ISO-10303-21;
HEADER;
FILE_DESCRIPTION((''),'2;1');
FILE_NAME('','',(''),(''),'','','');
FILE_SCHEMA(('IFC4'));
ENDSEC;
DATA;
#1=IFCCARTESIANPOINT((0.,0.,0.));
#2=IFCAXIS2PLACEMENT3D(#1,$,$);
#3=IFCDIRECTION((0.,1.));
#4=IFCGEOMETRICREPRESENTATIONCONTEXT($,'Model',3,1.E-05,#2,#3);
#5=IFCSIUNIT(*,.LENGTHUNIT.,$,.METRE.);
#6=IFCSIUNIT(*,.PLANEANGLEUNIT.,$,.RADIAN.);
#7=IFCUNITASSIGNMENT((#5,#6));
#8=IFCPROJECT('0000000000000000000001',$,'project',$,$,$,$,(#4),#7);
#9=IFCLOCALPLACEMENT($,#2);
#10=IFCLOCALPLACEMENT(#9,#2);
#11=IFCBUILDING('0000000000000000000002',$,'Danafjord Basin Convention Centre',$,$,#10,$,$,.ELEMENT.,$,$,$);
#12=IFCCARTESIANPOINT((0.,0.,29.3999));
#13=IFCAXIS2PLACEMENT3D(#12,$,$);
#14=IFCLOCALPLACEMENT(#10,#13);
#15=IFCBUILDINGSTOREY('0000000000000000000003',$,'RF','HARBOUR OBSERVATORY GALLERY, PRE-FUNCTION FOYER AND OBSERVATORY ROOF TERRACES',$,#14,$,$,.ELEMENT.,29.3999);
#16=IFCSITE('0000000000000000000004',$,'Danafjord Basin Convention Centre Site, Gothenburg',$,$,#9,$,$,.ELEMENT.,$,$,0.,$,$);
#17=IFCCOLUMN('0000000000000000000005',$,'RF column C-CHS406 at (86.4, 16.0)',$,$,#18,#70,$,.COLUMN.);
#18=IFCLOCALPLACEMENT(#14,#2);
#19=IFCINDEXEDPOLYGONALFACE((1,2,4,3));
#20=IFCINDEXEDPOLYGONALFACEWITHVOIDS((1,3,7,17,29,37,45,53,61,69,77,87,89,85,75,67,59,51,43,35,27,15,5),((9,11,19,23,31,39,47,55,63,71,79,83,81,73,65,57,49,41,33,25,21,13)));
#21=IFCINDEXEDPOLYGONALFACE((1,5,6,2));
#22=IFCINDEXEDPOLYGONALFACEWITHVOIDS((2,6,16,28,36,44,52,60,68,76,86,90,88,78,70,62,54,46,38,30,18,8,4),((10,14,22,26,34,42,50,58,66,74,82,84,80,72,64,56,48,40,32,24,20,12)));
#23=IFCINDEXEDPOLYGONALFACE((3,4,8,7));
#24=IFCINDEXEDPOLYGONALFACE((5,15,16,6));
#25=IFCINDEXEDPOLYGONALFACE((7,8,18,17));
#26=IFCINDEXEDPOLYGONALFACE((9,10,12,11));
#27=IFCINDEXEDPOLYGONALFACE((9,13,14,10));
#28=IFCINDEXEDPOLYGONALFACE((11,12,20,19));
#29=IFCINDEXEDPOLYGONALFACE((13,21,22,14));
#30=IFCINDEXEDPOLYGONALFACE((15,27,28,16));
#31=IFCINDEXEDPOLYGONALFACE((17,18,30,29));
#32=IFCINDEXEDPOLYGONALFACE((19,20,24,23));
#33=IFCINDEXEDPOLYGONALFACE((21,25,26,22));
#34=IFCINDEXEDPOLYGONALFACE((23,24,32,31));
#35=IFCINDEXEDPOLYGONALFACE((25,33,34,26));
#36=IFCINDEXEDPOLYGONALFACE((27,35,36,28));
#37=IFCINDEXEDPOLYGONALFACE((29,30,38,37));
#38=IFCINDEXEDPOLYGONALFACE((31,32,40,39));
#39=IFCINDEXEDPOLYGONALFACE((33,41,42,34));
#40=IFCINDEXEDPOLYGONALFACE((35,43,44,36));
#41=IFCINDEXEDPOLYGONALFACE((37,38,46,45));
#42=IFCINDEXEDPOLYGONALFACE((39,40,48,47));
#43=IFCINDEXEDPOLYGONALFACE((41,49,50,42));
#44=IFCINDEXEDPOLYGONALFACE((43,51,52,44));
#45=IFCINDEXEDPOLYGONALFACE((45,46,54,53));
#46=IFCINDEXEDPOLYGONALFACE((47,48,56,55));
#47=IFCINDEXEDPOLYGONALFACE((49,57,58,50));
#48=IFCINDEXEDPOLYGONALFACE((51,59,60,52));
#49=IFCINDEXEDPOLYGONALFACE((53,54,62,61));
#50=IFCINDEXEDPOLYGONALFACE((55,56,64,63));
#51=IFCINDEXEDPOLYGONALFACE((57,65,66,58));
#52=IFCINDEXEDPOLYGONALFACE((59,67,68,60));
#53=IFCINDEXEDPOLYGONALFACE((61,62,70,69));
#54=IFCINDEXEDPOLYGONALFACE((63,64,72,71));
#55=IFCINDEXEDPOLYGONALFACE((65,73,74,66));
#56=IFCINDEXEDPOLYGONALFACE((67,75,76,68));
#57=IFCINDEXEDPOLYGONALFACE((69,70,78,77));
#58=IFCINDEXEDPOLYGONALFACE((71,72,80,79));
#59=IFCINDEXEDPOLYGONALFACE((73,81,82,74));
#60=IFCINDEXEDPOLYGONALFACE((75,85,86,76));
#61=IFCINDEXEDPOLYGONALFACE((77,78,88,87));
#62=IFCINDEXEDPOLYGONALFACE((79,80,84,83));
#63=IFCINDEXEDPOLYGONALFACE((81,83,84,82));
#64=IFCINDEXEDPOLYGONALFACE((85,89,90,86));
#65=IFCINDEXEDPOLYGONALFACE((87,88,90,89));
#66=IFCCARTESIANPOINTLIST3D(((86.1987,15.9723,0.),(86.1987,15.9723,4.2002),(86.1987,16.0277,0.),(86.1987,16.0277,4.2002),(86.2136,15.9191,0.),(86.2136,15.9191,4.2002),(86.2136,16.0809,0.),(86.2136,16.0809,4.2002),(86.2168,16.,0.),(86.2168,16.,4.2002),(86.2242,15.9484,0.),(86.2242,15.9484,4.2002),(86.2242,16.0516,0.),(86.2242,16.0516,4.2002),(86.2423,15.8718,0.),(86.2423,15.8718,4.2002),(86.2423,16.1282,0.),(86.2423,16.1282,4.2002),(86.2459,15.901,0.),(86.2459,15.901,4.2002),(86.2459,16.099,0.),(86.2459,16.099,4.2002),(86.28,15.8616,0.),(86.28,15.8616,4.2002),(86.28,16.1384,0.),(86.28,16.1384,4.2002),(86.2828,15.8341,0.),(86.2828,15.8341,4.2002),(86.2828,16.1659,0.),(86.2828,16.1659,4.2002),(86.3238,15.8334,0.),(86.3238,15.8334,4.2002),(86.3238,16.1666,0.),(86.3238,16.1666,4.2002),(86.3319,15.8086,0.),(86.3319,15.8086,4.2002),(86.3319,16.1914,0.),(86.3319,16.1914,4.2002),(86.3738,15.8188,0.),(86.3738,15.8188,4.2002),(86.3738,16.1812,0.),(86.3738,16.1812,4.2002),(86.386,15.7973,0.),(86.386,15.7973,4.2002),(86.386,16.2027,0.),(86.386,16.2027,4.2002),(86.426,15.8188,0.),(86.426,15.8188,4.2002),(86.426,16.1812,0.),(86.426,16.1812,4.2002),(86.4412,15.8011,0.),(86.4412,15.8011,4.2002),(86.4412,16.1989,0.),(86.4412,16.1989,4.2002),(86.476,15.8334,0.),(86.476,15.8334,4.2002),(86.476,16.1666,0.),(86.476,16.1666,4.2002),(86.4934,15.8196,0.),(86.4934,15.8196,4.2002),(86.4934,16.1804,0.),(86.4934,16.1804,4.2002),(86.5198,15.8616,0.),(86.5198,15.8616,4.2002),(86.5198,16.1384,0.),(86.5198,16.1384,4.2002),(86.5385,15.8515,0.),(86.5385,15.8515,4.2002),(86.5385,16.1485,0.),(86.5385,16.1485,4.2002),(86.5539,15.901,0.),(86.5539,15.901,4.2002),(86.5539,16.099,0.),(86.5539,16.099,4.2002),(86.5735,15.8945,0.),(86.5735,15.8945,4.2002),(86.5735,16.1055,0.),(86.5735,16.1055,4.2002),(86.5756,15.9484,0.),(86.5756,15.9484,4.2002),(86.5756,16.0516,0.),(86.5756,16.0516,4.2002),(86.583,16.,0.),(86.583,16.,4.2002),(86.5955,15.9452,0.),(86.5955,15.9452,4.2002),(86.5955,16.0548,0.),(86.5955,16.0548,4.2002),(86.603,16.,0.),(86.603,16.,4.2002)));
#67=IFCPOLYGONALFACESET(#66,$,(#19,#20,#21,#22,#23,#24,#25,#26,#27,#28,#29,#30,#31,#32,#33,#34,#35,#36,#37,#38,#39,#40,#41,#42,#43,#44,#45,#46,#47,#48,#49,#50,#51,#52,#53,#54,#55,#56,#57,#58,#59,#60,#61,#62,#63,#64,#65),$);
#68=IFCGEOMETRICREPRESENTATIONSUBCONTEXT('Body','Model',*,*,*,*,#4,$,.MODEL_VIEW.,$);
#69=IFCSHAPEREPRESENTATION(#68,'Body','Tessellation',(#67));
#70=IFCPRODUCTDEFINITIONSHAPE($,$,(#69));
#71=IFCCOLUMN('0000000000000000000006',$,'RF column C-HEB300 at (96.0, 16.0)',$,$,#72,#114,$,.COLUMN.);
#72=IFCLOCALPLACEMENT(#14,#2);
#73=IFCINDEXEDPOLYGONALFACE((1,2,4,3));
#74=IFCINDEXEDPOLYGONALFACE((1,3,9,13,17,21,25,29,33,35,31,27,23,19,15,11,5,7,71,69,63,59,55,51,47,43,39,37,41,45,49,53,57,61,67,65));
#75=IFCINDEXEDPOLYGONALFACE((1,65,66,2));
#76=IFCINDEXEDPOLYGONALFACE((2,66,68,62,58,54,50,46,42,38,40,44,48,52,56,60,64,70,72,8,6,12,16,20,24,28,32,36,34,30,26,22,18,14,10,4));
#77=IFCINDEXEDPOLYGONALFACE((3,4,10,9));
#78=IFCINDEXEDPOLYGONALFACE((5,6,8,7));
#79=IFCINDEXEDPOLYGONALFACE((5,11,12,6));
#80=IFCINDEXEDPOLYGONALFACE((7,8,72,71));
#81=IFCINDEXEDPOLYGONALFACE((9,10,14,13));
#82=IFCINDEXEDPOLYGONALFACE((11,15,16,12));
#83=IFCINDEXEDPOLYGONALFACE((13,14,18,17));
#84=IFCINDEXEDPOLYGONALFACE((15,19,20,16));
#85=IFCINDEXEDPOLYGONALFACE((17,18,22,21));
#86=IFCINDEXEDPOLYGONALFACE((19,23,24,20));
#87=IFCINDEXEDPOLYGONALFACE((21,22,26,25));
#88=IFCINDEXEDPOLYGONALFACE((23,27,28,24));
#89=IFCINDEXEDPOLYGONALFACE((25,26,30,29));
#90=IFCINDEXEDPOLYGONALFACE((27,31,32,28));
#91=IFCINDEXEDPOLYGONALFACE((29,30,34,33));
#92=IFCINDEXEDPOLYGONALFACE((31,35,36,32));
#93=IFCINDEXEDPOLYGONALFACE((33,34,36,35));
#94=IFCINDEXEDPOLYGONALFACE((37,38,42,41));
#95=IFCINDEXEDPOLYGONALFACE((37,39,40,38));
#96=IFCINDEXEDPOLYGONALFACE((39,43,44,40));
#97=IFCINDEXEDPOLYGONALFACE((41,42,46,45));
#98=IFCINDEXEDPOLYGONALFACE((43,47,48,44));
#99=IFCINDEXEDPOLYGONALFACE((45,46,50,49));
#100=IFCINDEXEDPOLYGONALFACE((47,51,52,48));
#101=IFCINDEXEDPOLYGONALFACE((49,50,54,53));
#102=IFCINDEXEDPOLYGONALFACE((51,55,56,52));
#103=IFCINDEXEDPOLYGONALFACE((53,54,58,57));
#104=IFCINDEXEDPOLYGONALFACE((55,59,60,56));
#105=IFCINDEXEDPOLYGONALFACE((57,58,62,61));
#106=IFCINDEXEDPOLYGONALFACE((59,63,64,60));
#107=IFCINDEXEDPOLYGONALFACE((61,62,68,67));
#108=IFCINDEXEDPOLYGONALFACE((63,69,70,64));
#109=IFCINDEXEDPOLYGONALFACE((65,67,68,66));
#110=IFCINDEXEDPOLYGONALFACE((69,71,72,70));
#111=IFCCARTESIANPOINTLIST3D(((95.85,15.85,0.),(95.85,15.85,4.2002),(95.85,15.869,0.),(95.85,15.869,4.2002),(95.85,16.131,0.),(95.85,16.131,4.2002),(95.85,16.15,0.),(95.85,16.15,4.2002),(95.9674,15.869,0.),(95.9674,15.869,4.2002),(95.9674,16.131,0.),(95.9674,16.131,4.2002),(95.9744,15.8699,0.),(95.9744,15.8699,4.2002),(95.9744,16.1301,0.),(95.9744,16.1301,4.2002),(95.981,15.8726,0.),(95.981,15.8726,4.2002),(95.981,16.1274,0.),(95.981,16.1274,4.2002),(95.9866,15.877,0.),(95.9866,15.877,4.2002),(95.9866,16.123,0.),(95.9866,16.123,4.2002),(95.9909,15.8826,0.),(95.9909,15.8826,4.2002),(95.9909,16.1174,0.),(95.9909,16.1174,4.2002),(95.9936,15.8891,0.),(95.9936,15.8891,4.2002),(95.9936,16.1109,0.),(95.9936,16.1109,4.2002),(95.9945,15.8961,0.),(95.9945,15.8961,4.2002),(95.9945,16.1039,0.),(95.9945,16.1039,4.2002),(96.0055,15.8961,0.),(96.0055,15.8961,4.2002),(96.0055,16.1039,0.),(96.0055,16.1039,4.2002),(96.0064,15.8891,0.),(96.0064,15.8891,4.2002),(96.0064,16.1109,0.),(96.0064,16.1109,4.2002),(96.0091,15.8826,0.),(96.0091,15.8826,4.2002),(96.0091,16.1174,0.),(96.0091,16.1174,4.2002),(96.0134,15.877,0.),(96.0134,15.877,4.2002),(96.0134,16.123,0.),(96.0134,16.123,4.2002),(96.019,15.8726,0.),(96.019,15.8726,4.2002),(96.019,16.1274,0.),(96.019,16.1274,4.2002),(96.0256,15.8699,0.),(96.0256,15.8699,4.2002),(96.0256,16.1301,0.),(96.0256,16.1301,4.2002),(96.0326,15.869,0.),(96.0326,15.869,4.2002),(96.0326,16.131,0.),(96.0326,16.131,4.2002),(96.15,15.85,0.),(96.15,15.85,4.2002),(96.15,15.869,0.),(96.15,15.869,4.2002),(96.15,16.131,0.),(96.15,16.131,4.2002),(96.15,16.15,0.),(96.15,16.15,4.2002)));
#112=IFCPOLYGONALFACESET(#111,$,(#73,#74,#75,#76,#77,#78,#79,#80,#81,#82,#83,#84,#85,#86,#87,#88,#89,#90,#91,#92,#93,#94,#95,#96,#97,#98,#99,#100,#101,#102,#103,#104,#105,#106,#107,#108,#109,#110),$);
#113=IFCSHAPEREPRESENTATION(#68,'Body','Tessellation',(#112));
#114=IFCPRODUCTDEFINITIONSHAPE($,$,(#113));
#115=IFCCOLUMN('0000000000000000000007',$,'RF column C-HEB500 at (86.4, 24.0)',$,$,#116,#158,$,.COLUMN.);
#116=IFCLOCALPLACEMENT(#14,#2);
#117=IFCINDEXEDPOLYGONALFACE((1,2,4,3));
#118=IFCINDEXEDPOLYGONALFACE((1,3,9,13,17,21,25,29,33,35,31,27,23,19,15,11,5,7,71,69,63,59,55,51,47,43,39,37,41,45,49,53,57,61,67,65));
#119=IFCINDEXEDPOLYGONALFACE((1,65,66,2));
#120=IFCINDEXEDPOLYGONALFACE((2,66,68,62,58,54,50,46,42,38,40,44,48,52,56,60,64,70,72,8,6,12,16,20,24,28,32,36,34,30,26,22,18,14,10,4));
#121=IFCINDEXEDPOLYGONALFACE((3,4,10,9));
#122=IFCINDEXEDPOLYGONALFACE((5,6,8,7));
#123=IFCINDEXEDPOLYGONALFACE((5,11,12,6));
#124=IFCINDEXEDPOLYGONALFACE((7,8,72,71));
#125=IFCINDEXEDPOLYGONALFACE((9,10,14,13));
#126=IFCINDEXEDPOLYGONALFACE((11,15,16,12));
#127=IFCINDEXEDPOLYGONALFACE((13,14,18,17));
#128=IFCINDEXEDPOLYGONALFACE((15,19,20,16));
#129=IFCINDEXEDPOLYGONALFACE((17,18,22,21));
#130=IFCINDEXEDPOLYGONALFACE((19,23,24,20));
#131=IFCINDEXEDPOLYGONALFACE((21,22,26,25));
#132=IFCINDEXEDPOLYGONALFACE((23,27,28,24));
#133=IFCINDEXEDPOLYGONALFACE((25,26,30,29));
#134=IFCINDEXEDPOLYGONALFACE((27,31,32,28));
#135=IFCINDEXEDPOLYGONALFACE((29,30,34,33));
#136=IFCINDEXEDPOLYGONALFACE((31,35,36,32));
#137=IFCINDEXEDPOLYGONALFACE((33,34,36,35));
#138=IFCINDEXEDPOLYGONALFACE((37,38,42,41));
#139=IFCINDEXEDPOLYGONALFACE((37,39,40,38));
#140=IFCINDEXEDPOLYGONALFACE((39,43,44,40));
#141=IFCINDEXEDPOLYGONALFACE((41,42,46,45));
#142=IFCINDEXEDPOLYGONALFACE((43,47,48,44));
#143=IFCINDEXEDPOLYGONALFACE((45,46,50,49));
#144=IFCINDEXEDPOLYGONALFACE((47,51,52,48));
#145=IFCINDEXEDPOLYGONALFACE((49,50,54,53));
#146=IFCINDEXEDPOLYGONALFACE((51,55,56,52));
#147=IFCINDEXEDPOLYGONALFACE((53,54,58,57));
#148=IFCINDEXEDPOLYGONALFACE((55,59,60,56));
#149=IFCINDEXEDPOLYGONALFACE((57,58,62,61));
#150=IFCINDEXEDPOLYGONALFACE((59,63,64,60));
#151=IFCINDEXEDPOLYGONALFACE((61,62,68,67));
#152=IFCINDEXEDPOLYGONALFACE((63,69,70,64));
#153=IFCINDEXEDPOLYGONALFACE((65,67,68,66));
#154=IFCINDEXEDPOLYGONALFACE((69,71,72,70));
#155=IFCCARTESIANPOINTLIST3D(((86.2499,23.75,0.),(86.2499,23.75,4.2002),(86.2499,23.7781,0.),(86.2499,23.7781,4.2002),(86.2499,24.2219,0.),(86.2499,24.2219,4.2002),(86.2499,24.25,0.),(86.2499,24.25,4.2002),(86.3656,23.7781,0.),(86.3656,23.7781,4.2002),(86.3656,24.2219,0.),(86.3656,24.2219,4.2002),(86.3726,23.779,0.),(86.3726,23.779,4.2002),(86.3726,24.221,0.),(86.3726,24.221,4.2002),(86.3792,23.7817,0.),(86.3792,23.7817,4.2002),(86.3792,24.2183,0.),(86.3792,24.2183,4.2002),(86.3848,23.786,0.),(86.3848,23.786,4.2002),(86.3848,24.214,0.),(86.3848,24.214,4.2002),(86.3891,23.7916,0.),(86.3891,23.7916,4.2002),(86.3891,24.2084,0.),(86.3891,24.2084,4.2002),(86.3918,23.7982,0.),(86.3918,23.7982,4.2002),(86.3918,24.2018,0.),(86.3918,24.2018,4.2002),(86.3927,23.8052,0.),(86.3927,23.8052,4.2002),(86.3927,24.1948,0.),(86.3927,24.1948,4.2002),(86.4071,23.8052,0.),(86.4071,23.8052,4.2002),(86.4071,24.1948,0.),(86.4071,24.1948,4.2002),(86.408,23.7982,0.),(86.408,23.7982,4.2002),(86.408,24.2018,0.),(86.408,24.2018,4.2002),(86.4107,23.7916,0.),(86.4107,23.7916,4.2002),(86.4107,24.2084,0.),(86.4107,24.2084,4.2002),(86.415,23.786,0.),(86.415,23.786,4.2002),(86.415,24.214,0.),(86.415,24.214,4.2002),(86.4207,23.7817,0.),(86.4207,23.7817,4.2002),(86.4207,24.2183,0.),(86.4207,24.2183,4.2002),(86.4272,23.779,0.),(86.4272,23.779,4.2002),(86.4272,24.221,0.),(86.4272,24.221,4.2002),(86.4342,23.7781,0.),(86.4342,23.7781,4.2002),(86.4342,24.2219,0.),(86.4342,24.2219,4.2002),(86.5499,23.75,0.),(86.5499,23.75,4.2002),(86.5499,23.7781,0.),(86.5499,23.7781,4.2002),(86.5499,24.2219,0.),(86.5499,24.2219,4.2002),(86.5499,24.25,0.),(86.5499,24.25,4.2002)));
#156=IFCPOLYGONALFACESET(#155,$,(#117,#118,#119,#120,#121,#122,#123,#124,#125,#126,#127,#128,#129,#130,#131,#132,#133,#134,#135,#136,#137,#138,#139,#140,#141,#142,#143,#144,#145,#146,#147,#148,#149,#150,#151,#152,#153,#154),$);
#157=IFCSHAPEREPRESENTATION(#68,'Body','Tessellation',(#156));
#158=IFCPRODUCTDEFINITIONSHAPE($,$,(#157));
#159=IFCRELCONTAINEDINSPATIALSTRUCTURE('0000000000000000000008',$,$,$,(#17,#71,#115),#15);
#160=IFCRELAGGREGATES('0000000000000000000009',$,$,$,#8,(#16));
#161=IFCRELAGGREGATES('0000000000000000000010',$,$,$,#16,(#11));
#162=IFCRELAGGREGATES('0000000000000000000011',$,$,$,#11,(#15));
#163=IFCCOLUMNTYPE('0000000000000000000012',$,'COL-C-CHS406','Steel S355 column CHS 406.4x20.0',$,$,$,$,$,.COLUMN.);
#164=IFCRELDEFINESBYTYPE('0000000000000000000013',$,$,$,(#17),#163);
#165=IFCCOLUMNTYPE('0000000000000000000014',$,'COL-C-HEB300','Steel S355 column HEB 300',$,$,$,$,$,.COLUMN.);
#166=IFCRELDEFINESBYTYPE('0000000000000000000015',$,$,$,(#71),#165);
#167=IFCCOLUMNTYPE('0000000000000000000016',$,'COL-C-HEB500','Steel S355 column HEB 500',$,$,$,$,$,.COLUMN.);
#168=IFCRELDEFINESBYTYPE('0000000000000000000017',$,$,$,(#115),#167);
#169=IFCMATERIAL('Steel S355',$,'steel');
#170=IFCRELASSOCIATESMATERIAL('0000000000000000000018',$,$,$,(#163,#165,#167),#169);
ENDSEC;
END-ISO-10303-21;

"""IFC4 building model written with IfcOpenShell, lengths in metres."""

from ifc_helpers import new_model, si_unit, direction, frame, origin, origin_2d, place, context, subcontext, project, spatial, hollow_circle, i_section, extrude, material, material_profile, profile_set, type_object, element, save


model = new_model("IFC4")

# Units and contexts
model_context = context("Model", 3, precision=1e-05, world=origin(), true_north=direction((0.0, 1.0)))
body_context = subcontext(model_context, "Body", "Model", "MODEL_VIEW")
ifc_project = project(units=[si_unit("LENGTHUNIT", "METRE"), si_unit("PLANEANGLEUNIT", "RADIAN")], contexts=[model_context])

# Site, building, storey
site_placement = place(None, origin())
site = spatial("IfcSite", under=ifc_project, at=site_placement, Name="Danafjord Basin Convention Centre Site, Gothenburg", CompositionType="ELEMENT", RefElevation=0.0)
building_placement = place(site_placement, origin())
building = spatial("IfcBuilding", under=site, at=building_placement, Name="Danafjord Basin Convention Centre", CompositionType="ELEMENT")
storey_placement = place(building_placement, frame((0.0, 0.0, 29.3999)))
storey = spatial("IfcBuildingStorey", under=building, at=storey_placement, Name="RF", Description="HARBOUR OBSERVATORY GALLERY, PRE-FUNCTION FOYER AND OBSERVATORY ROOF TERRACES", CompositionType="ELEMENT", Elevation=29.3999)

# Columns
ifc_material_1 = material(Name="Steel S355", Category="steel")
ifc_material_profile_1 = material_profile(ifc_material_1, hollow_circle(Radius=0.2031, WallThickness=0.02, at=origin_2d()), Name="CHS 406.4x20.0")
ifc_profile_set_1 = profile_set([ifc_material_profile_1], Name="Steel S355")
column_type_1 = type_object("IfcColumnType", Name="COL-C-CHS406", Description="Steel S355 column CHS 406.4x20.0", PredefinedType="COLUMN", material=ifc_profile_set_1)
column_1_placement = place(storey_placement, frame((86.3999, 16.0, 0.0), z_axis=(0.0, 0.0, 1.0), x_axis=(1.0, 0.0, 0.0)))
element("IfcColumn", 1, at=column_1_placement, inside=storey, type_object=column_type_1, Name="RF column C-CHS406 at (86.4, 16.0)", PredefinedType="COLUMN", context=body_context, shape_type="SweptSolid", body=[
    extrude(hollow_circle(Radius=0.2031, WallThickness=0.02, at=origin_2d()), origin(), (0.0, 0.0, 1.0), 4.2002),
])
ifc_material_profile_2 = material_profile(ifc_material_1, i_section(OverallWidth=0.3, OverallDepth=0.3, WebThickness=0.011, FlangeThickness=0.019, FilletRadius=0.0271, at=origin_2d()), Name="HEB 300")
ifc_profile_set_2 = profile_set([ifc_material_profile_2], Name="Steel S355")
column_type_2 = type_object("IfcColumnType", Name="COL-C-HEB300", Description="Steel S355 column HEB 300", PredefinedType="COLUMN", material=ifc_profile_set_2)
column_2_placement = place(storey_placement, frame((96.0, 16.0, 0.0), z_axis=(0.0, 0.0, 1.0), x_axis=(1.0, 0.0, 0.0)))
element("IfcColumn", 2, at=column_2_placement, inside=storey, type_object=column_type_2, Name="RF column C-HEB300 at (96.0, 16.0)", PredefinedType="COLUMN", context=body_context, shape_type="SweptSolid", body=[
    extrude(i_section(OverallWidth=0.3, OverallDepth=0.3, WebThickness=0.011, FlangeThickness=0.019, FilletRadius=0.0271, at=origin_2d()), origin(), (0.0, 0.0, 1.0), 4.2002),
])
ifc_material_profile_3 = material_profile(ifc_material_1, i_section(OverallWidth=0.3, OverallDepth=0.5, WebThickness=0.0144, FlangeThickness=0.0281, FilletRadius=0.0271, at=origin_2d()), Name="HEB 500")
ifc_profile_set_3 = profile_set([ifc_material_profile_3], Name="Steel S355")
column_type_3 = type_object("IfcColumnType", Name="COL-C-HEB500", Description="Steel S355 column HEB 500", PredefinedType="COLUMN", material=ifc_profile_set_3)
column_3_placement = place(storey_placement, frame((86.3999, 24.0, 0.0), z_axis=(0.0, 0.0, 1.0), x_axis=(1.0, 0.0, 0.0)))
element("IfcColumn", 3, at=column_3_placement, inside=storey, type_object=column_type_3, Name="RF column C-HEB500 at (86.4, 24.0)", PredefinedType="COLUMN", context=body_context, shape_type="SweptSolid", body=[
    extrude(i_section(OverallWidth=0.3, OverallDepth=0.5, WebThickness=0.0144, FlangeThickness=0.0281, FilletRadius=0.0271, at=origin_2d()), origin(), (0.0, 0.0, 1.0), 4.2002),
])

save(model, "model.ifc")
